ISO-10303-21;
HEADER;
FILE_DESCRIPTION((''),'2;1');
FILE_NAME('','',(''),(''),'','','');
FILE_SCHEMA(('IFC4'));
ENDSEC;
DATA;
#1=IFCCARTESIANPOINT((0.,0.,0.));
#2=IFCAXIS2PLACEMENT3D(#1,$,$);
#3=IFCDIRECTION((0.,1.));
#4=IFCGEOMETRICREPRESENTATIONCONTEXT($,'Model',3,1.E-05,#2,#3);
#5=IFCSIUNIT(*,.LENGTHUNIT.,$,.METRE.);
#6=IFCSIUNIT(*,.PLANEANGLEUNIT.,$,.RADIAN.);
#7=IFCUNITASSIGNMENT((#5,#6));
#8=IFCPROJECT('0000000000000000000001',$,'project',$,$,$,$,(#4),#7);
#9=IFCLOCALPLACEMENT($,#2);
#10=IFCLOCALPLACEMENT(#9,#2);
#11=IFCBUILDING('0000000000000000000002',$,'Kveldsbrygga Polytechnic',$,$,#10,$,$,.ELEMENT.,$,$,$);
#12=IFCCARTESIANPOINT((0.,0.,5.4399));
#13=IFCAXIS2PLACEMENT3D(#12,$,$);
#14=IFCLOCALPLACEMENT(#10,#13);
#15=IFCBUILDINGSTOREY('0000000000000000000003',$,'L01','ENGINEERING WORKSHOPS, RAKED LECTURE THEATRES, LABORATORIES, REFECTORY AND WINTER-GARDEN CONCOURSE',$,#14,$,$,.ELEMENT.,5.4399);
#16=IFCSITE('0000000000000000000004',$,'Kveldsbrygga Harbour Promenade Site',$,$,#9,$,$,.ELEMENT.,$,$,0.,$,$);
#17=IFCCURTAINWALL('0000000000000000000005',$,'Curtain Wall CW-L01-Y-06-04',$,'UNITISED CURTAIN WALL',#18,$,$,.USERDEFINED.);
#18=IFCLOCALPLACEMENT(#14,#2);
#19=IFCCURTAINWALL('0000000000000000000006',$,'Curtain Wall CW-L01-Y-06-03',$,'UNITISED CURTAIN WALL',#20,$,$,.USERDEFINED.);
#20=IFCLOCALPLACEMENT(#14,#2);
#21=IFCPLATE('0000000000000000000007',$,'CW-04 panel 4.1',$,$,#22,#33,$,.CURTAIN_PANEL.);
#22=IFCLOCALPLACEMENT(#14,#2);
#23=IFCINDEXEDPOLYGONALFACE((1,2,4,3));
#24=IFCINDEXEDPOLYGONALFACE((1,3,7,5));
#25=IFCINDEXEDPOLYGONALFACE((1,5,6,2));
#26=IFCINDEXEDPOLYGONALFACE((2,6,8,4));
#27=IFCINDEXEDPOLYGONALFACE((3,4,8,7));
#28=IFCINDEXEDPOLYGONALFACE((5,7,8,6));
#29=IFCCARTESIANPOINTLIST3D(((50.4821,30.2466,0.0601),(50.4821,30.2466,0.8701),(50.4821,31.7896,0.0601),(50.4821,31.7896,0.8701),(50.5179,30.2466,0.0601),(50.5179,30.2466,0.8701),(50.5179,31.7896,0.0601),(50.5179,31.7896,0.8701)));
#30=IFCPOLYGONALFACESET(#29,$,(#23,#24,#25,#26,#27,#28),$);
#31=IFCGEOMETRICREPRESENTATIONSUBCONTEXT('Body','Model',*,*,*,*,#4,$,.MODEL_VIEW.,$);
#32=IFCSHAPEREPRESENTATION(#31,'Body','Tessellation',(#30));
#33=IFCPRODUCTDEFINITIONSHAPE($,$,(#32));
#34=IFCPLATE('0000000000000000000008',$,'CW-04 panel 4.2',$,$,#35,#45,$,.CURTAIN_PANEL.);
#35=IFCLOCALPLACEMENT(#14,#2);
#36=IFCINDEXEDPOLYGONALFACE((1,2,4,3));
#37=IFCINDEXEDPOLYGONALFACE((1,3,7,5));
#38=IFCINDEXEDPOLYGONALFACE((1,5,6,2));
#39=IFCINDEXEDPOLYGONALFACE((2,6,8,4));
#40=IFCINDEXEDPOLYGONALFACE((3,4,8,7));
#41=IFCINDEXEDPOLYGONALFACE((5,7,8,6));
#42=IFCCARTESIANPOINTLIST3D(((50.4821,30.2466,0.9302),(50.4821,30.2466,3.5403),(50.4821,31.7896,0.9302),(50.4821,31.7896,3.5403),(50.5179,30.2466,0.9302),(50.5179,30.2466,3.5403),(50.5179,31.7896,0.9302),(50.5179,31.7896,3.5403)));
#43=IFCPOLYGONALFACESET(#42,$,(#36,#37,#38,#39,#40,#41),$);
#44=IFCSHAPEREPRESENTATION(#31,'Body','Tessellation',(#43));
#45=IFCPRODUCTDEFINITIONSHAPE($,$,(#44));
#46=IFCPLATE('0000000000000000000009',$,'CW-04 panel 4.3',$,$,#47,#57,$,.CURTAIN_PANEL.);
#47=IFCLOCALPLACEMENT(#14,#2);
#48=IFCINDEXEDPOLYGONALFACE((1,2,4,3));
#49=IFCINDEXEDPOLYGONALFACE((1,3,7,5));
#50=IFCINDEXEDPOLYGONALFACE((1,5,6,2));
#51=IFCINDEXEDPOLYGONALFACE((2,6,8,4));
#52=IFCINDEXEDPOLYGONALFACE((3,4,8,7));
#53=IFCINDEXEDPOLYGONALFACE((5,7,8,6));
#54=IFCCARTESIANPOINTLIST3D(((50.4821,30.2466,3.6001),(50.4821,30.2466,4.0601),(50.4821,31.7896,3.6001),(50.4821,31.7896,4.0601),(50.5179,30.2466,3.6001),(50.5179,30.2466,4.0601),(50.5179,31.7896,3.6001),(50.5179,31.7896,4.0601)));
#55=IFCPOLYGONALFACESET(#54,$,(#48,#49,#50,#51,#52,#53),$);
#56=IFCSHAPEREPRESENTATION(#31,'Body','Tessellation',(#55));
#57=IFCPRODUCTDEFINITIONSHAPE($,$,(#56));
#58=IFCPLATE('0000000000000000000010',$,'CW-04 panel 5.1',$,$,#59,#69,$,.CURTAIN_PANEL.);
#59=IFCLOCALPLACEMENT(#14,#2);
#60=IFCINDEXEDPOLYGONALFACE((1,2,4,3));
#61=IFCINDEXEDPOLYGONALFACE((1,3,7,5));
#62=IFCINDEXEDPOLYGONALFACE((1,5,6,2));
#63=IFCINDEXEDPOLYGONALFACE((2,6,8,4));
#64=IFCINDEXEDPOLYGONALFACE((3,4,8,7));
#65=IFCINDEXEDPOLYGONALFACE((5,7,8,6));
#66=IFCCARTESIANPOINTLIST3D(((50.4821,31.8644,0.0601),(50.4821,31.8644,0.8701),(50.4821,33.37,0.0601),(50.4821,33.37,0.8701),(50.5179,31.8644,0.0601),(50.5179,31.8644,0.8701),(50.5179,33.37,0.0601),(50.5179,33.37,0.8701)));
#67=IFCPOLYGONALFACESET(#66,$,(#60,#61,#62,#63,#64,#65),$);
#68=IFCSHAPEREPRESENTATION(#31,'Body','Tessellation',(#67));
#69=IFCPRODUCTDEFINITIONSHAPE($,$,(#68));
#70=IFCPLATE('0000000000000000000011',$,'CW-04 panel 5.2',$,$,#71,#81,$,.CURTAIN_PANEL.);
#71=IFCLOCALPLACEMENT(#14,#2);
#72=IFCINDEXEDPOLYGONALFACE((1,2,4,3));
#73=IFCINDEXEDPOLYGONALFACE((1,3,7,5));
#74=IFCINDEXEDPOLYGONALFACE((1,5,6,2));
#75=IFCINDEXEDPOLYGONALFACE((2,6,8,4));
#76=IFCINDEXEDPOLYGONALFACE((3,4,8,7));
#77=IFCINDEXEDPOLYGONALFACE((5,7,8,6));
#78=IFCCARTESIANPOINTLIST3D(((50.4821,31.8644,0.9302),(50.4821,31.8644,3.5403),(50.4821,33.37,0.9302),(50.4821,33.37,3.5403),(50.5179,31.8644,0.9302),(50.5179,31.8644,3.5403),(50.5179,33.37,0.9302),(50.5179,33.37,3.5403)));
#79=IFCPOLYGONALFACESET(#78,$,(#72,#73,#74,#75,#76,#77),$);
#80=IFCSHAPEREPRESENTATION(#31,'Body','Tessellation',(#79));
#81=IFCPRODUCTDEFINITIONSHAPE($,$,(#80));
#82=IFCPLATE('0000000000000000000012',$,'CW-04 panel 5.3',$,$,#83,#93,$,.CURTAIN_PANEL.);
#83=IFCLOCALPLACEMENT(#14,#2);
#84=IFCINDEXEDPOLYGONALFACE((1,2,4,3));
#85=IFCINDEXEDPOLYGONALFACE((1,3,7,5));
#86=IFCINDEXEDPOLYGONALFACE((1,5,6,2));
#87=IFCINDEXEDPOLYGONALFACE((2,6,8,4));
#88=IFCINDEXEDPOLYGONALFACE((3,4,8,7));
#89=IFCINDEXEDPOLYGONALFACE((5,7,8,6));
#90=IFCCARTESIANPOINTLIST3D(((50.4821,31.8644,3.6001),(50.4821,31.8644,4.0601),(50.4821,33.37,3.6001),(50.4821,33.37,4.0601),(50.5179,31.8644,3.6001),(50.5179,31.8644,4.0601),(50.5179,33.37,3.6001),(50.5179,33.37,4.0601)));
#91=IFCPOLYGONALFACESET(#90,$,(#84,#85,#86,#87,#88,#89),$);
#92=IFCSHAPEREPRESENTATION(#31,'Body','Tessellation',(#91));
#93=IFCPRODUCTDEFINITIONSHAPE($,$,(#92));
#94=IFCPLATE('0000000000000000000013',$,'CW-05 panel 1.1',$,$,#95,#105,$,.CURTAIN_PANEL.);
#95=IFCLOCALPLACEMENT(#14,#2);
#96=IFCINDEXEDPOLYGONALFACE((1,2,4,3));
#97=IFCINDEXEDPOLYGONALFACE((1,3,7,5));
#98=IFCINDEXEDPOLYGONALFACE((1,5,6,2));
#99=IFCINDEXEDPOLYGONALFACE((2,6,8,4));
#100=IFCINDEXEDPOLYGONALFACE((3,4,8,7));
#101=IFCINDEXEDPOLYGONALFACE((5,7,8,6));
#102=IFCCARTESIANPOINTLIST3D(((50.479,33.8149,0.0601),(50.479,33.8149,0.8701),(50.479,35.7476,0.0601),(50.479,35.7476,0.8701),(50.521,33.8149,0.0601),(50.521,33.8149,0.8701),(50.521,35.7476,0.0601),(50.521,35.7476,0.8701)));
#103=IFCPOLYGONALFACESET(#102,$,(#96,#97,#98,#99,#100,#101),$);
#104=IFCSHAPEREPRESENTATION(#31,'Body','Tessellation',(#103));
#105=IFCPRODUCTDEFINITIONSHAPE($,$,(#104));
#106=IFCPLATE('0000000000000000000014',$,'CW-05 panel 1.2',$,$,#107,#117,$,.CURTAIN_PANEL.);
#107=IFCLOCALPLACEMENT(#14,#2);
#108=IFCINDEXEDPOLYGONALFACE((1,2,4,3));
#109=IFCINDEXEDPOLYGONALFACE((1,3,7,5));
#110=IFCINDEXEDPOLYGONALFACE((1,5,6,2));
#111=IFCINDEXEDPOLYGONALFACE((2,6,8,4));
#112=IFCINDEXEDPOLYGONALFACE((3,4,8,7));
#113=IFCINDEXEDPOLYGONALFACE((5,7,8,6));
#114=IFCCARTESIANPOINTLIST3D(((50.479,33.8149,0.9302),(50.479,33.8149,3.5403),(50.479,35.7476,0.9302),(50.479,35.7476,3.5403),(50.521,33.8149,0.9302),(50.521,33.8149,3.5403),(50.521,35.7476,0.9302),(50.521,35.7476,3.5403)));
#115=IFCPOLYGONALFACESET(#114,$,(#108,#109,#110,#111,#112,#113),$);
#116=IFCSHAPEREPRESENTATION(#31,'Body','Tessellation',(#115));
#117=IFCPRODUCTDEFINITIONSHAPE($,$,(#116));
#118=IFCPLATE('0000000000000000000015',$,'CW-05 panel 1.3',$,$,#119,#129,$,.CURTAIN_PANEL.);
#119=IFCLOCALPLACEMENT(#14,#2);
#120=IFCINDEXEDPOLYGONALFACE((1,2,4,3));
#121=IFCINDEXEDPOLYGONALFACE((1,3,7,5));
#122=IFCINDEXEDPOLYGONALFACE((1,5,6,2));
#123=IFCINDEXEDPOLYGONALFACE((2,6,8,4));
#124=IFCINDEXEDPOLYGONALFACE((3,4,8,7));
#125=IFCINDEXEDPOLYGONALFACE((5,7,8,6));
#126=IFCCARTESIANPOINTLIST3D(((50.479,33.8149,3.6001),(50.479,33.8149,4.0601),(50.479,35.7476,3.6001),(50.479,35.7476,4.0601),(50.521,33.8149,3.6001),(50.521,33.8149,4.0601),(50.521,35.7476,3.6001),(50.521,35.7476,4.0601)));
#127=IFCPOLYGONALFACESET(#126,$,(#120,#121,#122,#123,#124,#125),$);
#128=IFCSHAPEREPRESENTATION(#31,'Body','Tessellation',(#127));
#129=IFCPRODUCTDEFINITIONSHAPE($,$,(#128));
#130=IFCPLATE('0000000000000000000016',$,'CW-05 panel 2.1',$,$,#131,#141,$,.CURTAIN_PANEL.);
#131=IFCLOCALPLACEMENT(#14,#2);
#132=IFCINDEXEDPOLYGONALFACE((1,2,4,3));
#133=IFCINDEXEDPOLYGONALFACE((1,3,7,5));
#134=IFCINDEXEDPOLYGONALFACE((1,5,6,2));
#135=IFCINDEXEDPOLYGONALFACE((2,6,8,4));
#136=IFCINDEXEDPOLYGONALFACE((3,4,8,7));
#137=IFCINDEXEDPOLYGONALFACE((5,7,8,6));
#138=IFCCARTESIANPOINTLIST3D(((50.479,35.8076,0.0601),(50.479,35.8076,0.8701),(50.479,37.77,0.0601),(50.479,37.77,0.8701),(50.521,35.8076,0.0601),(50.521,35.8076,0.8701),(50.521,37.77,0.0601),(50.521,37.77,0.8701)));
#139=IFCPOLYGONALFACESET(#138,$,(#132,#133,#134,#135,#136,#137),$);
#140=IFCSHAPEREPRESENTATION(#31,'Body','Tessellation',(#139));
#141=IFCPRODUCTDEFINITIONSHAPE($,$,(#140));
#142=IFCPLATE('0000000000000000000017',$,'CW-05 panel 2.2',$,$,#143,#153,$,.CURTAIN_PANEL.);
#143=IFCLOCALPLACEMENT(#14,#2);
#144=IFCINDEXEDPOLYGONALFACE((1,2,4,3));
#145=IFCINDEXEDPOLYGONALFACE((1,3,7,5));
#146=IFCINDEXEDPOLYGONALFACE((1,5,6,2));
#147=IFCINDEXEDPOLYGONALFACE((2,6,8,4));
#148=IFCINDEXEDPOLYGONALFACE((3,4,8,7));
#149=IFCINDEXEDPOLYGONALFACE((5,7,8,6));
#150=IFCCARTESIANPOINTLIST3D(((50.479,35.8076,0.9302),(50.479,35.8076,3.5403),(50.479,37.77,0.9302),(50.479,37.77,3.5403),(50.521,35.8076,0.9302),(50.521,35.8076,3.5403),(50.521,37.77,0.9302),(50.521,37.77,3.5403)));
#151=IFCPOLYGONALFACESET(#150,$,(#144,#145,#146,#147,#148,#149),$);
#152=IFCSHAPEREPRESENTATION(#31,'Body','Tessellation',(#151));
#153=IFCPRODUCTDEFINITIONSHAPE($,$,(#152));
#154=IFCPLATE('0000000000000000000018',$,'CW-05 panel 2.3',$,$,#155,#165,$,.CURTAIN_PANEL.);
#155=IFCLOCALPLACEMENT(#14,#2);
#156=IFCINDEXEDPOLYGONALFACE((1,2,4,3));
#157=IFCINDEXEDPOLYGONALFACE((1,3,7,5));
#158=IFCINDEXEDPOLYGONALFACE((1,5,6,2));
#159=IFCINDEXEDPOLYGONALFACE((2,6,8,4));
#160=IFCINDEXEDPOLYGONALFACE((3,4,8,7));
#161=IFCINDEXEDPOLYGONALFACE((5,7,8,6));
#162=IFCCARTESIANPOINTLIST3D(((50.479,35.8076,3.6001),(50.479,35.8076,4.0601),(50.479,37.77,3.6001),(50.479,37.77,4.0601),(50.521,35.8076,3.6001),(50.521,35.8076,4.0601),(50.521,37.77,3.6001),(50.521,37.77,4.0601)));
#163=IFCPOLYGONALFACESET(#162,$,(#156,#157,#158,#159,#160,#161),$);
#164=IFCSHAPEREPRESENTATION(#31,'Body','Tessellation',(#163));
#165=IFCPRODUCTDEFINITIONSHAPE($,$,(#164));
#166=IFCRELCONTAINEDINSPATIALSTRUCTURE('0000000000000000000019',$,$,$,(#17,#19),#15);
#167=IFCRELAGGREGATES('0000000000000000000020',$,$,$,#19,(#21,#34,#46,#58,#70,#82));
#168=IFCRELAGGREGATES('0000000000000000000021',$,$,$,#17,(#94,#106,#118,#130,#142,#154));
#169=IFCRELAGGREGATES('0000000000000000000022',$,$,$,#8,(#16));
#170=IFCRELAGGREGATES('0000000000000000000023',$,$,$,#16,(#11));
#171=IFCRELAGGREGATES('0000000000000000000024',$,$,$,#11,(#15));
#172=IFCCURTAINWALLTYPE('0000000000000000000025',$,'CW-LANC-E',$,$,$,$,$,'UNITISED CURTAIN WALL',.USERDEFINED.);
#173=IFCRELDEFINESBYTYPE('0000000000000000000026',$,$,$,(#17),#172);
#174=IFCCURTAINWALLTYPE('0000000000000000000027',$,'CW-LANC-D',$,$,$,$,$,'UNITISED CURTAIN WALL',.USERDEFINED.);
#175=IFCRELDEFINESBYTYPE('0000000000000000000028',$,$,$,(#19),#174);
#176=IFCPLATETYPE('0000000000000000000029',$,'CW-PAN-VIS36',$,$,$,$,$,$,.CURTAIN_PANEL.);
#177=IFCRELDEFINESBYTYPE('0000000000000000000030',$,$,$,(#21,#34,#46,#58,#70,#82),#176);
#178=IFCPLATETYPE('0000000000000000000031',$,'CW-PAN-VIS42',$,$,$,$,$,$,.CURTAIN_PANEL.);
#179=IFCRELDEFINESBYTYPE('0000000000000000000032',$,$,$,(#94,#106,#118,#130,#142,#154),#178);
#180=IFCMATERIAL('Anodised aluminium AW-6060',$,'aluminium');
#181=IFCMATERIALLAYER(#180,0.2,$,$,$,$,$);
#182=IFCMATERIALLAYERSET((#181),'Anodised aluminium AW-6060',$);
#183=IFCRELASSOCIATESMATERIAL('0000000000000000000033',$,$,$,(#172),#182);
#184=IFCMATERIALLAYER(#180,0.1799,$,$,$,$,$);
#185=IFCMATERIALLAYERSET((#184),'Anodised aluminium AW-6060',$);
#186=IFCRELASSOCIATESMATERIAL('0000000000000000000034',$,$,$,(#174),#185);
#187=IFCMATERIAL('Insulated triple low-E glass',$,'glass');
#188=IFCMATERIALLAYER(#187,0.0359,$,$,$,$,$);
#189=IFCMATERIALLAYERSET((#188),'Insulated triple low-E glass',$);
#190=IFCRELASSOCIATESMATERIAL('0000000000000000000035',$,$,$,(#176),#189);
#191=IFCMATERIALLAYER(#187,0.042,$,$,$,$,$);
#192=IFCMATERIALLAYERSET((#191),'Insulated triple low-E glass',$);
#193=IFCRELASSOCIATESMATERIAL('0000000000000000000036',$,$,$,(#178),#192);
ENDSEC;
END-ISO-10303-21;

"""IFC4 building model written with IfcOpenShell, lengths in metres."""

from ifc_helpers import new_model, si_unit, direction, frame, origin, origin_2d, place, context, subcontext, project, spatial, rectangle, extrude, material, layer, layer_set, type_object, element, aggregate, save


model = new_model("IFC4")

# Units and contexts
model_context = context("Model", 3, precision=1e-05, world=origin(), true_north=direction((0.0, 1.0)))
body_context = subcontext(model_context, "Body", "Model", "MODEL_VIEW")
ifc_project = project(units=[si_unit("LENGTHUNIT", "METRE"), si_unit("PLANEANGLEUNIT", "RADIAN")], contexts=[model_context])

# Site, building, storey
site_placement = place(None, origin())
site = spatial("IfcSite", under=ifc_project, at=site_placement, Name="Kveldsbrygga Harbour Promenade Site", CompositionType="ELEMENT", RefElevation=0.0)
building_placement = place(site_placement, origin())
building = spatial("IfcBuilding", under=site, at=building_placement, Name="Kveldsbrygga Polytechnic", CompositionType="ELEMENT")
storey_placement = place(building_placement, frame((0.0, 0.0, 5.4399)))
storey = spatial("IfcBuildingStorey", under=building, at=storey_placement, Name="L01", Description="ENGINEERING WORKSHOPS, RAKED LECTURE THEATRES, LABORATORIES, REFECTORY AND WINTER-GARDEN CONCOURSE", CompositionType="ELEMENT", Elevation=5.4399)

# Curtain walls
ifc_material_1 = material(Name="Anodised aluminium AW-6060", Category="aluminium")
ifc_layer_1 = layer(ifc_material_1, 0.2)
ifc_layer_set_1 = layer_set([ifc_layer_1], Name="Anodised aluminium AW-6060")
curtain_wall_type_1 = type_object("IfcCurtainWallType", Name="CW-LANC-E", ElementType="UNITISED CURTAIN WALL", PredefinedType="USERDEFINED", material=ifc_layer_set_1)
curtain_wall_1_placement = place(storey_placement, origin())
curtain_wall_1 = element("IfcCurtainWall", 1, at=curtain_wall_1_placement, inside=storey, type_object=curtain_wall_type_1, Name="Curtain Wall CW-L01-Y-06-04", ObjectType="UNITISED CURTAIN WALL", PredefinedType="USERDEFINED")
ifc_layer_2 = layer(ifc_material_1, 0.1799)
ifc_layer_set_2 = layer_set([ifc_layer_2], Name="Anodised aluminium AW-6060")
curtain_wall_type_2 = type_object("IfcCurtainWallType", Name="CW-LANC-D", ElementType="UNITISED CURTAIN WALL", PredefinedType="USERDEFINED", material=ifc_layer_set_2)
curtain_wall_2_placement = place(storey_placement, origin())
curtain_wall_2 = element("IfcCurtainWall", 2, at=curtain_wall_2_placement, inside=storey, type_object=curtain_wall_type_2, Name="Curtain Wall CW-L01-Y-06-03", ObjectType="UNITISED CURTAIN WALL", PredefinedType="USERDEFINED")

# Plates
ifc_material_2 = material(Name="Insulated triple low-E glass", Category="glass")
ifc_layer_3 = layer(ifc_material_2, 0.0359)
ifc_layer_set_3 = layer_set([ifc_layer_3], Name="Insulated triple low-E glass")
plate_type_1 = type_object("IfcPlateType", Name="CW-PAN-VIS36", PredefinedType="CURTAIN_PANEL", material=ifc_layer_set_3)
plate_1_placement = place(storey_placement, frame((50.5, 31.0181, 0.0601), z_axis=(0.0, 0.0, 1.0), x_axis=(0.0, 1.0, 0.0)))
plate_1 = element("IfcPlate", 3, at=plate_1_placement, type_object=plate_type_1, Name="CW-04 panel 4.1", PredefinedType="CURTAIN_PANEL", context=body_context, shape_type="SweptSolid", body=[
    extrude(rectangle(XDim=1.543, YDim=0.0359, at=origin_2d()), origin(), (0.0, 0.0, 1.0), 0.8101),
])
plate_2_placement = place(storey_placement, frame((50.5, 31.0181, 0.9302), z_axis=(0.0, 0.0, 1.0), x_axis=(0.0, 1.0, 0.0)))
plate_2 = element("IfcPlate", 4, at=plate_2_placement, type_object=plate_type_1, Name="CW-04 panel 4.2", PredefinedType="CURTAIN_PANEL", context=body_context, shape_type="SweptSolid", body=[
    extrude(rectangle(XDim=1.543, YDim=0.0359, at=origin_2d()), origin(), (0.0, 0.0, 1.0), 2.6101),
])
plate_3_placement = place(storey_placement, frame((50.5, 31.0181, 3.6001), z_axis=(0.0, 0.0, 1.0), x_axis=(0.0, 1.0, 0.0)))
plate_3 = element("IfcPlate", 5, at=plate_3_placement, type_object=plate_type_1, Name="CW-04 panel 4.3", PredefinedType="CURTAIN_PANEL", context=body_context, shape_type="SweptSolid", body=[
    extrude(rectangle(XDim=1.543, YDim=0.0359, at=origin_2d()), origin(), (0.0, 0.0, 1.0), 0.46),
])
plate_4_placement = place(storey_placement, frame((50.5, 32.6172, 0.0601), z_axis=(0.0, 0.0, 1.0), x_axis=(0.0, 1.0, 0.0)))
plate_4 = element("IfcPlate", 6, at=plate_4_placement, type_object=plate_type_1, Name="CW-04 panel 5.1", PredefinedType="CURTAIN_PANEL", context=body_context, shape_type="SweptSolid", body=[
    extrude(rectangle(XDim=1.5056, YDim=0.0359, at=origin_2d()), origin(), (0.0, 0.0, 1.0), 0.8101),
])
plate_5_placement = place(storey_placement, frame((50.5, 32.6172, 0.9302), z_axis=(0.0, 0.0, 1.0), x_axis=(0.0, 1.0, 0.0)))
plate_5 = element("IfcPlate", 7, at=plate_5_placement, type_object=plate_type_1, Name="CW-04 panel 5.2", PredefinedType="CURTAIN_PANEL", context=body_context, shape_type="SweptSolid", body=[
    extrude(rectangle(XDim=1.5056, YDim=0.0359, at=origin_2d()), origin(), (0.0, 0.0, 1.0), 2.6101),
])
plate_6_placement = place(storey_placement, frame((50.5, 32.6172, 3.6001), z_axis=(0.0, 0.0, 1.0), x_axis=(0.0, 1.0, 0.0)))
plate_6 = element("IfcPlate", 8, at=plate_6_placement, type_object=plate_type_1, Name="CW-04 panel 5.3", PredefinedType="CURTAIN_PANEL", context=body_context, shape_type="SweptSolid", body=[
    extrude(rectangle(XDim=1.5056, YDim=0.0359, at=origin_2d()), origin(), (0.0, 0.0, 1.0), 0.46),
])
aggregate(curtain_wall_2, [plate_1, plate_2, plate_3, plate_4, plate_5, plate_6])
ifc_layer_4 = layer(ifc_material_2, 0.042)
ifc_layer_set_4 = layer_set([ifc_layer_4], Name="Insulated triple low-E glass")
plate_type_2 = type_object("IfcPlateType", Name="CW-PAN-VIS42", PredefinedType="CURTAIN_PANEL", material=ifc_layer_set_4)
plate_7_placement = place(storey_placement, frame((50.5, 34.7812, 0.0601), z_axis=(0.0, 0.0, 1.0), x_axis=(0.0, 1.0, 0.0)))
plate_7 = element("IfcPlate", 9, at=plate_7_placement, type_object=plate_type_2, Name="CW-05 panel 1.1", PredefinedType="CURTAIN_PANEL", context=body_context, shape_type="SweptSolid", body=[
    extrude(rectangle(XDim=1.9326, YDim=0.042, at=origin_2d()), origin(), (0.0, 0.0, 1.0), 0.8101),
])
plate_8_placement = place(storey_placement, frame((50.5, 34.7812, 0.9302), z_axis=(0.0, 0.0, 1.0), x_axis=(0.0, 1.0, 0.0)))
plate_8 = element("IfcPlate", 10, at=plate_8_placement, type_object=plate_type_2, Name="CW-05 panel 1.2", PredefinedType="CURTAIN_PANEL", context=body_context, shape_type="SweptSolid", body=[
    extrude(rectangle(XDim=1.9326, YDim=0.042, at=origin_2d()), origin(), (0.0, 0.0, 1.0), 2.6101),
])
plate_9_placement = place(storey_placement, frame((50.5, 34.7812, 3.6001), z_axis=(0.0, 0.0, 1.0), x_axis=(0.0, 1.0, 0.0)))
plate_9 = element("IfcPlate", 11, at=plate_9_placement, type_object=plate_type_2, Name="CW-05 panel 1.3", PredefinedType="CURTAIN_PANEL", context=body_context, shape_type="SweptSolid", body=[
    extrude(rectangle(XDim=1.9326, YDim=0.042, at=origin_2d()), origin(), (0.0, 0.0, 1.0), 0.46),
])
plate_10_placement = place(storey_placement, frame((50.5, 36.7888, 0.0601), z_axis=(0.0, 0.0, 1.0), x_axis=(0.0, 1.0, 0.0)))
plate_10 = element("IfcPlate", 12, at=plate_10_placement, type_object=plate_type_2, Name="CW-05 panel 2.1", PredefinedType="CURTAIN_PANEL", context=body_context, shape_type="SweptSolid", body=[
    extrude(rectangle(XDim=1.9624, YDim=0.042, at=origin_2d()), origin(), (0.0, 0.0, 1.0), 0.8101),
])
plate_11_placement = place(storey_placement, frame((50.5, 36.7888, 0.9302), z_axis=(0.0, 0.0, 1.0), x_axis=(0.0, 1.0, 0.0)))
plate_11 = element("IfcPlate", 13, at=plate_11_placement, type_object=plate_type_2, Name="CW-05 panel 2.2", PredefinedType="CURTAIN_PANEL", context=body_context, shape_type="SweptSolid", body=[
    extrude(rectangle(XDim=1.9624, YDim=0.042, at=origin_2d()), origin(), (0.0, 0.0, 1.0), 2.6101),
])
plate_12_placement = place(storey_placement, frame((50.5, 36.7888, 3.6001), z_axis=(0.0, 0.0, 1.0), x_axis=(0.0, 1.0, 0.0)))
plate_12 = element("IfcPlate", 14, at=plate_12_placement, type_object=plate_type_2, Name="CW-05 panel 2.3", PredefinedType="CURTAIN_PANEL", context=body_context, shape_type="SweptSolid", body=[
    extrude(rectangle(XDim=1.9624, YDim=0.042, at=origin_2d()), origin(), (0.0, 0.0, 1.0), 0.46),
])
aggregate(curtain_wall_1, [plate_7, plate_8, plate_9, plate_10, plate_11, plate_12])

save(model, "model.ifc")
